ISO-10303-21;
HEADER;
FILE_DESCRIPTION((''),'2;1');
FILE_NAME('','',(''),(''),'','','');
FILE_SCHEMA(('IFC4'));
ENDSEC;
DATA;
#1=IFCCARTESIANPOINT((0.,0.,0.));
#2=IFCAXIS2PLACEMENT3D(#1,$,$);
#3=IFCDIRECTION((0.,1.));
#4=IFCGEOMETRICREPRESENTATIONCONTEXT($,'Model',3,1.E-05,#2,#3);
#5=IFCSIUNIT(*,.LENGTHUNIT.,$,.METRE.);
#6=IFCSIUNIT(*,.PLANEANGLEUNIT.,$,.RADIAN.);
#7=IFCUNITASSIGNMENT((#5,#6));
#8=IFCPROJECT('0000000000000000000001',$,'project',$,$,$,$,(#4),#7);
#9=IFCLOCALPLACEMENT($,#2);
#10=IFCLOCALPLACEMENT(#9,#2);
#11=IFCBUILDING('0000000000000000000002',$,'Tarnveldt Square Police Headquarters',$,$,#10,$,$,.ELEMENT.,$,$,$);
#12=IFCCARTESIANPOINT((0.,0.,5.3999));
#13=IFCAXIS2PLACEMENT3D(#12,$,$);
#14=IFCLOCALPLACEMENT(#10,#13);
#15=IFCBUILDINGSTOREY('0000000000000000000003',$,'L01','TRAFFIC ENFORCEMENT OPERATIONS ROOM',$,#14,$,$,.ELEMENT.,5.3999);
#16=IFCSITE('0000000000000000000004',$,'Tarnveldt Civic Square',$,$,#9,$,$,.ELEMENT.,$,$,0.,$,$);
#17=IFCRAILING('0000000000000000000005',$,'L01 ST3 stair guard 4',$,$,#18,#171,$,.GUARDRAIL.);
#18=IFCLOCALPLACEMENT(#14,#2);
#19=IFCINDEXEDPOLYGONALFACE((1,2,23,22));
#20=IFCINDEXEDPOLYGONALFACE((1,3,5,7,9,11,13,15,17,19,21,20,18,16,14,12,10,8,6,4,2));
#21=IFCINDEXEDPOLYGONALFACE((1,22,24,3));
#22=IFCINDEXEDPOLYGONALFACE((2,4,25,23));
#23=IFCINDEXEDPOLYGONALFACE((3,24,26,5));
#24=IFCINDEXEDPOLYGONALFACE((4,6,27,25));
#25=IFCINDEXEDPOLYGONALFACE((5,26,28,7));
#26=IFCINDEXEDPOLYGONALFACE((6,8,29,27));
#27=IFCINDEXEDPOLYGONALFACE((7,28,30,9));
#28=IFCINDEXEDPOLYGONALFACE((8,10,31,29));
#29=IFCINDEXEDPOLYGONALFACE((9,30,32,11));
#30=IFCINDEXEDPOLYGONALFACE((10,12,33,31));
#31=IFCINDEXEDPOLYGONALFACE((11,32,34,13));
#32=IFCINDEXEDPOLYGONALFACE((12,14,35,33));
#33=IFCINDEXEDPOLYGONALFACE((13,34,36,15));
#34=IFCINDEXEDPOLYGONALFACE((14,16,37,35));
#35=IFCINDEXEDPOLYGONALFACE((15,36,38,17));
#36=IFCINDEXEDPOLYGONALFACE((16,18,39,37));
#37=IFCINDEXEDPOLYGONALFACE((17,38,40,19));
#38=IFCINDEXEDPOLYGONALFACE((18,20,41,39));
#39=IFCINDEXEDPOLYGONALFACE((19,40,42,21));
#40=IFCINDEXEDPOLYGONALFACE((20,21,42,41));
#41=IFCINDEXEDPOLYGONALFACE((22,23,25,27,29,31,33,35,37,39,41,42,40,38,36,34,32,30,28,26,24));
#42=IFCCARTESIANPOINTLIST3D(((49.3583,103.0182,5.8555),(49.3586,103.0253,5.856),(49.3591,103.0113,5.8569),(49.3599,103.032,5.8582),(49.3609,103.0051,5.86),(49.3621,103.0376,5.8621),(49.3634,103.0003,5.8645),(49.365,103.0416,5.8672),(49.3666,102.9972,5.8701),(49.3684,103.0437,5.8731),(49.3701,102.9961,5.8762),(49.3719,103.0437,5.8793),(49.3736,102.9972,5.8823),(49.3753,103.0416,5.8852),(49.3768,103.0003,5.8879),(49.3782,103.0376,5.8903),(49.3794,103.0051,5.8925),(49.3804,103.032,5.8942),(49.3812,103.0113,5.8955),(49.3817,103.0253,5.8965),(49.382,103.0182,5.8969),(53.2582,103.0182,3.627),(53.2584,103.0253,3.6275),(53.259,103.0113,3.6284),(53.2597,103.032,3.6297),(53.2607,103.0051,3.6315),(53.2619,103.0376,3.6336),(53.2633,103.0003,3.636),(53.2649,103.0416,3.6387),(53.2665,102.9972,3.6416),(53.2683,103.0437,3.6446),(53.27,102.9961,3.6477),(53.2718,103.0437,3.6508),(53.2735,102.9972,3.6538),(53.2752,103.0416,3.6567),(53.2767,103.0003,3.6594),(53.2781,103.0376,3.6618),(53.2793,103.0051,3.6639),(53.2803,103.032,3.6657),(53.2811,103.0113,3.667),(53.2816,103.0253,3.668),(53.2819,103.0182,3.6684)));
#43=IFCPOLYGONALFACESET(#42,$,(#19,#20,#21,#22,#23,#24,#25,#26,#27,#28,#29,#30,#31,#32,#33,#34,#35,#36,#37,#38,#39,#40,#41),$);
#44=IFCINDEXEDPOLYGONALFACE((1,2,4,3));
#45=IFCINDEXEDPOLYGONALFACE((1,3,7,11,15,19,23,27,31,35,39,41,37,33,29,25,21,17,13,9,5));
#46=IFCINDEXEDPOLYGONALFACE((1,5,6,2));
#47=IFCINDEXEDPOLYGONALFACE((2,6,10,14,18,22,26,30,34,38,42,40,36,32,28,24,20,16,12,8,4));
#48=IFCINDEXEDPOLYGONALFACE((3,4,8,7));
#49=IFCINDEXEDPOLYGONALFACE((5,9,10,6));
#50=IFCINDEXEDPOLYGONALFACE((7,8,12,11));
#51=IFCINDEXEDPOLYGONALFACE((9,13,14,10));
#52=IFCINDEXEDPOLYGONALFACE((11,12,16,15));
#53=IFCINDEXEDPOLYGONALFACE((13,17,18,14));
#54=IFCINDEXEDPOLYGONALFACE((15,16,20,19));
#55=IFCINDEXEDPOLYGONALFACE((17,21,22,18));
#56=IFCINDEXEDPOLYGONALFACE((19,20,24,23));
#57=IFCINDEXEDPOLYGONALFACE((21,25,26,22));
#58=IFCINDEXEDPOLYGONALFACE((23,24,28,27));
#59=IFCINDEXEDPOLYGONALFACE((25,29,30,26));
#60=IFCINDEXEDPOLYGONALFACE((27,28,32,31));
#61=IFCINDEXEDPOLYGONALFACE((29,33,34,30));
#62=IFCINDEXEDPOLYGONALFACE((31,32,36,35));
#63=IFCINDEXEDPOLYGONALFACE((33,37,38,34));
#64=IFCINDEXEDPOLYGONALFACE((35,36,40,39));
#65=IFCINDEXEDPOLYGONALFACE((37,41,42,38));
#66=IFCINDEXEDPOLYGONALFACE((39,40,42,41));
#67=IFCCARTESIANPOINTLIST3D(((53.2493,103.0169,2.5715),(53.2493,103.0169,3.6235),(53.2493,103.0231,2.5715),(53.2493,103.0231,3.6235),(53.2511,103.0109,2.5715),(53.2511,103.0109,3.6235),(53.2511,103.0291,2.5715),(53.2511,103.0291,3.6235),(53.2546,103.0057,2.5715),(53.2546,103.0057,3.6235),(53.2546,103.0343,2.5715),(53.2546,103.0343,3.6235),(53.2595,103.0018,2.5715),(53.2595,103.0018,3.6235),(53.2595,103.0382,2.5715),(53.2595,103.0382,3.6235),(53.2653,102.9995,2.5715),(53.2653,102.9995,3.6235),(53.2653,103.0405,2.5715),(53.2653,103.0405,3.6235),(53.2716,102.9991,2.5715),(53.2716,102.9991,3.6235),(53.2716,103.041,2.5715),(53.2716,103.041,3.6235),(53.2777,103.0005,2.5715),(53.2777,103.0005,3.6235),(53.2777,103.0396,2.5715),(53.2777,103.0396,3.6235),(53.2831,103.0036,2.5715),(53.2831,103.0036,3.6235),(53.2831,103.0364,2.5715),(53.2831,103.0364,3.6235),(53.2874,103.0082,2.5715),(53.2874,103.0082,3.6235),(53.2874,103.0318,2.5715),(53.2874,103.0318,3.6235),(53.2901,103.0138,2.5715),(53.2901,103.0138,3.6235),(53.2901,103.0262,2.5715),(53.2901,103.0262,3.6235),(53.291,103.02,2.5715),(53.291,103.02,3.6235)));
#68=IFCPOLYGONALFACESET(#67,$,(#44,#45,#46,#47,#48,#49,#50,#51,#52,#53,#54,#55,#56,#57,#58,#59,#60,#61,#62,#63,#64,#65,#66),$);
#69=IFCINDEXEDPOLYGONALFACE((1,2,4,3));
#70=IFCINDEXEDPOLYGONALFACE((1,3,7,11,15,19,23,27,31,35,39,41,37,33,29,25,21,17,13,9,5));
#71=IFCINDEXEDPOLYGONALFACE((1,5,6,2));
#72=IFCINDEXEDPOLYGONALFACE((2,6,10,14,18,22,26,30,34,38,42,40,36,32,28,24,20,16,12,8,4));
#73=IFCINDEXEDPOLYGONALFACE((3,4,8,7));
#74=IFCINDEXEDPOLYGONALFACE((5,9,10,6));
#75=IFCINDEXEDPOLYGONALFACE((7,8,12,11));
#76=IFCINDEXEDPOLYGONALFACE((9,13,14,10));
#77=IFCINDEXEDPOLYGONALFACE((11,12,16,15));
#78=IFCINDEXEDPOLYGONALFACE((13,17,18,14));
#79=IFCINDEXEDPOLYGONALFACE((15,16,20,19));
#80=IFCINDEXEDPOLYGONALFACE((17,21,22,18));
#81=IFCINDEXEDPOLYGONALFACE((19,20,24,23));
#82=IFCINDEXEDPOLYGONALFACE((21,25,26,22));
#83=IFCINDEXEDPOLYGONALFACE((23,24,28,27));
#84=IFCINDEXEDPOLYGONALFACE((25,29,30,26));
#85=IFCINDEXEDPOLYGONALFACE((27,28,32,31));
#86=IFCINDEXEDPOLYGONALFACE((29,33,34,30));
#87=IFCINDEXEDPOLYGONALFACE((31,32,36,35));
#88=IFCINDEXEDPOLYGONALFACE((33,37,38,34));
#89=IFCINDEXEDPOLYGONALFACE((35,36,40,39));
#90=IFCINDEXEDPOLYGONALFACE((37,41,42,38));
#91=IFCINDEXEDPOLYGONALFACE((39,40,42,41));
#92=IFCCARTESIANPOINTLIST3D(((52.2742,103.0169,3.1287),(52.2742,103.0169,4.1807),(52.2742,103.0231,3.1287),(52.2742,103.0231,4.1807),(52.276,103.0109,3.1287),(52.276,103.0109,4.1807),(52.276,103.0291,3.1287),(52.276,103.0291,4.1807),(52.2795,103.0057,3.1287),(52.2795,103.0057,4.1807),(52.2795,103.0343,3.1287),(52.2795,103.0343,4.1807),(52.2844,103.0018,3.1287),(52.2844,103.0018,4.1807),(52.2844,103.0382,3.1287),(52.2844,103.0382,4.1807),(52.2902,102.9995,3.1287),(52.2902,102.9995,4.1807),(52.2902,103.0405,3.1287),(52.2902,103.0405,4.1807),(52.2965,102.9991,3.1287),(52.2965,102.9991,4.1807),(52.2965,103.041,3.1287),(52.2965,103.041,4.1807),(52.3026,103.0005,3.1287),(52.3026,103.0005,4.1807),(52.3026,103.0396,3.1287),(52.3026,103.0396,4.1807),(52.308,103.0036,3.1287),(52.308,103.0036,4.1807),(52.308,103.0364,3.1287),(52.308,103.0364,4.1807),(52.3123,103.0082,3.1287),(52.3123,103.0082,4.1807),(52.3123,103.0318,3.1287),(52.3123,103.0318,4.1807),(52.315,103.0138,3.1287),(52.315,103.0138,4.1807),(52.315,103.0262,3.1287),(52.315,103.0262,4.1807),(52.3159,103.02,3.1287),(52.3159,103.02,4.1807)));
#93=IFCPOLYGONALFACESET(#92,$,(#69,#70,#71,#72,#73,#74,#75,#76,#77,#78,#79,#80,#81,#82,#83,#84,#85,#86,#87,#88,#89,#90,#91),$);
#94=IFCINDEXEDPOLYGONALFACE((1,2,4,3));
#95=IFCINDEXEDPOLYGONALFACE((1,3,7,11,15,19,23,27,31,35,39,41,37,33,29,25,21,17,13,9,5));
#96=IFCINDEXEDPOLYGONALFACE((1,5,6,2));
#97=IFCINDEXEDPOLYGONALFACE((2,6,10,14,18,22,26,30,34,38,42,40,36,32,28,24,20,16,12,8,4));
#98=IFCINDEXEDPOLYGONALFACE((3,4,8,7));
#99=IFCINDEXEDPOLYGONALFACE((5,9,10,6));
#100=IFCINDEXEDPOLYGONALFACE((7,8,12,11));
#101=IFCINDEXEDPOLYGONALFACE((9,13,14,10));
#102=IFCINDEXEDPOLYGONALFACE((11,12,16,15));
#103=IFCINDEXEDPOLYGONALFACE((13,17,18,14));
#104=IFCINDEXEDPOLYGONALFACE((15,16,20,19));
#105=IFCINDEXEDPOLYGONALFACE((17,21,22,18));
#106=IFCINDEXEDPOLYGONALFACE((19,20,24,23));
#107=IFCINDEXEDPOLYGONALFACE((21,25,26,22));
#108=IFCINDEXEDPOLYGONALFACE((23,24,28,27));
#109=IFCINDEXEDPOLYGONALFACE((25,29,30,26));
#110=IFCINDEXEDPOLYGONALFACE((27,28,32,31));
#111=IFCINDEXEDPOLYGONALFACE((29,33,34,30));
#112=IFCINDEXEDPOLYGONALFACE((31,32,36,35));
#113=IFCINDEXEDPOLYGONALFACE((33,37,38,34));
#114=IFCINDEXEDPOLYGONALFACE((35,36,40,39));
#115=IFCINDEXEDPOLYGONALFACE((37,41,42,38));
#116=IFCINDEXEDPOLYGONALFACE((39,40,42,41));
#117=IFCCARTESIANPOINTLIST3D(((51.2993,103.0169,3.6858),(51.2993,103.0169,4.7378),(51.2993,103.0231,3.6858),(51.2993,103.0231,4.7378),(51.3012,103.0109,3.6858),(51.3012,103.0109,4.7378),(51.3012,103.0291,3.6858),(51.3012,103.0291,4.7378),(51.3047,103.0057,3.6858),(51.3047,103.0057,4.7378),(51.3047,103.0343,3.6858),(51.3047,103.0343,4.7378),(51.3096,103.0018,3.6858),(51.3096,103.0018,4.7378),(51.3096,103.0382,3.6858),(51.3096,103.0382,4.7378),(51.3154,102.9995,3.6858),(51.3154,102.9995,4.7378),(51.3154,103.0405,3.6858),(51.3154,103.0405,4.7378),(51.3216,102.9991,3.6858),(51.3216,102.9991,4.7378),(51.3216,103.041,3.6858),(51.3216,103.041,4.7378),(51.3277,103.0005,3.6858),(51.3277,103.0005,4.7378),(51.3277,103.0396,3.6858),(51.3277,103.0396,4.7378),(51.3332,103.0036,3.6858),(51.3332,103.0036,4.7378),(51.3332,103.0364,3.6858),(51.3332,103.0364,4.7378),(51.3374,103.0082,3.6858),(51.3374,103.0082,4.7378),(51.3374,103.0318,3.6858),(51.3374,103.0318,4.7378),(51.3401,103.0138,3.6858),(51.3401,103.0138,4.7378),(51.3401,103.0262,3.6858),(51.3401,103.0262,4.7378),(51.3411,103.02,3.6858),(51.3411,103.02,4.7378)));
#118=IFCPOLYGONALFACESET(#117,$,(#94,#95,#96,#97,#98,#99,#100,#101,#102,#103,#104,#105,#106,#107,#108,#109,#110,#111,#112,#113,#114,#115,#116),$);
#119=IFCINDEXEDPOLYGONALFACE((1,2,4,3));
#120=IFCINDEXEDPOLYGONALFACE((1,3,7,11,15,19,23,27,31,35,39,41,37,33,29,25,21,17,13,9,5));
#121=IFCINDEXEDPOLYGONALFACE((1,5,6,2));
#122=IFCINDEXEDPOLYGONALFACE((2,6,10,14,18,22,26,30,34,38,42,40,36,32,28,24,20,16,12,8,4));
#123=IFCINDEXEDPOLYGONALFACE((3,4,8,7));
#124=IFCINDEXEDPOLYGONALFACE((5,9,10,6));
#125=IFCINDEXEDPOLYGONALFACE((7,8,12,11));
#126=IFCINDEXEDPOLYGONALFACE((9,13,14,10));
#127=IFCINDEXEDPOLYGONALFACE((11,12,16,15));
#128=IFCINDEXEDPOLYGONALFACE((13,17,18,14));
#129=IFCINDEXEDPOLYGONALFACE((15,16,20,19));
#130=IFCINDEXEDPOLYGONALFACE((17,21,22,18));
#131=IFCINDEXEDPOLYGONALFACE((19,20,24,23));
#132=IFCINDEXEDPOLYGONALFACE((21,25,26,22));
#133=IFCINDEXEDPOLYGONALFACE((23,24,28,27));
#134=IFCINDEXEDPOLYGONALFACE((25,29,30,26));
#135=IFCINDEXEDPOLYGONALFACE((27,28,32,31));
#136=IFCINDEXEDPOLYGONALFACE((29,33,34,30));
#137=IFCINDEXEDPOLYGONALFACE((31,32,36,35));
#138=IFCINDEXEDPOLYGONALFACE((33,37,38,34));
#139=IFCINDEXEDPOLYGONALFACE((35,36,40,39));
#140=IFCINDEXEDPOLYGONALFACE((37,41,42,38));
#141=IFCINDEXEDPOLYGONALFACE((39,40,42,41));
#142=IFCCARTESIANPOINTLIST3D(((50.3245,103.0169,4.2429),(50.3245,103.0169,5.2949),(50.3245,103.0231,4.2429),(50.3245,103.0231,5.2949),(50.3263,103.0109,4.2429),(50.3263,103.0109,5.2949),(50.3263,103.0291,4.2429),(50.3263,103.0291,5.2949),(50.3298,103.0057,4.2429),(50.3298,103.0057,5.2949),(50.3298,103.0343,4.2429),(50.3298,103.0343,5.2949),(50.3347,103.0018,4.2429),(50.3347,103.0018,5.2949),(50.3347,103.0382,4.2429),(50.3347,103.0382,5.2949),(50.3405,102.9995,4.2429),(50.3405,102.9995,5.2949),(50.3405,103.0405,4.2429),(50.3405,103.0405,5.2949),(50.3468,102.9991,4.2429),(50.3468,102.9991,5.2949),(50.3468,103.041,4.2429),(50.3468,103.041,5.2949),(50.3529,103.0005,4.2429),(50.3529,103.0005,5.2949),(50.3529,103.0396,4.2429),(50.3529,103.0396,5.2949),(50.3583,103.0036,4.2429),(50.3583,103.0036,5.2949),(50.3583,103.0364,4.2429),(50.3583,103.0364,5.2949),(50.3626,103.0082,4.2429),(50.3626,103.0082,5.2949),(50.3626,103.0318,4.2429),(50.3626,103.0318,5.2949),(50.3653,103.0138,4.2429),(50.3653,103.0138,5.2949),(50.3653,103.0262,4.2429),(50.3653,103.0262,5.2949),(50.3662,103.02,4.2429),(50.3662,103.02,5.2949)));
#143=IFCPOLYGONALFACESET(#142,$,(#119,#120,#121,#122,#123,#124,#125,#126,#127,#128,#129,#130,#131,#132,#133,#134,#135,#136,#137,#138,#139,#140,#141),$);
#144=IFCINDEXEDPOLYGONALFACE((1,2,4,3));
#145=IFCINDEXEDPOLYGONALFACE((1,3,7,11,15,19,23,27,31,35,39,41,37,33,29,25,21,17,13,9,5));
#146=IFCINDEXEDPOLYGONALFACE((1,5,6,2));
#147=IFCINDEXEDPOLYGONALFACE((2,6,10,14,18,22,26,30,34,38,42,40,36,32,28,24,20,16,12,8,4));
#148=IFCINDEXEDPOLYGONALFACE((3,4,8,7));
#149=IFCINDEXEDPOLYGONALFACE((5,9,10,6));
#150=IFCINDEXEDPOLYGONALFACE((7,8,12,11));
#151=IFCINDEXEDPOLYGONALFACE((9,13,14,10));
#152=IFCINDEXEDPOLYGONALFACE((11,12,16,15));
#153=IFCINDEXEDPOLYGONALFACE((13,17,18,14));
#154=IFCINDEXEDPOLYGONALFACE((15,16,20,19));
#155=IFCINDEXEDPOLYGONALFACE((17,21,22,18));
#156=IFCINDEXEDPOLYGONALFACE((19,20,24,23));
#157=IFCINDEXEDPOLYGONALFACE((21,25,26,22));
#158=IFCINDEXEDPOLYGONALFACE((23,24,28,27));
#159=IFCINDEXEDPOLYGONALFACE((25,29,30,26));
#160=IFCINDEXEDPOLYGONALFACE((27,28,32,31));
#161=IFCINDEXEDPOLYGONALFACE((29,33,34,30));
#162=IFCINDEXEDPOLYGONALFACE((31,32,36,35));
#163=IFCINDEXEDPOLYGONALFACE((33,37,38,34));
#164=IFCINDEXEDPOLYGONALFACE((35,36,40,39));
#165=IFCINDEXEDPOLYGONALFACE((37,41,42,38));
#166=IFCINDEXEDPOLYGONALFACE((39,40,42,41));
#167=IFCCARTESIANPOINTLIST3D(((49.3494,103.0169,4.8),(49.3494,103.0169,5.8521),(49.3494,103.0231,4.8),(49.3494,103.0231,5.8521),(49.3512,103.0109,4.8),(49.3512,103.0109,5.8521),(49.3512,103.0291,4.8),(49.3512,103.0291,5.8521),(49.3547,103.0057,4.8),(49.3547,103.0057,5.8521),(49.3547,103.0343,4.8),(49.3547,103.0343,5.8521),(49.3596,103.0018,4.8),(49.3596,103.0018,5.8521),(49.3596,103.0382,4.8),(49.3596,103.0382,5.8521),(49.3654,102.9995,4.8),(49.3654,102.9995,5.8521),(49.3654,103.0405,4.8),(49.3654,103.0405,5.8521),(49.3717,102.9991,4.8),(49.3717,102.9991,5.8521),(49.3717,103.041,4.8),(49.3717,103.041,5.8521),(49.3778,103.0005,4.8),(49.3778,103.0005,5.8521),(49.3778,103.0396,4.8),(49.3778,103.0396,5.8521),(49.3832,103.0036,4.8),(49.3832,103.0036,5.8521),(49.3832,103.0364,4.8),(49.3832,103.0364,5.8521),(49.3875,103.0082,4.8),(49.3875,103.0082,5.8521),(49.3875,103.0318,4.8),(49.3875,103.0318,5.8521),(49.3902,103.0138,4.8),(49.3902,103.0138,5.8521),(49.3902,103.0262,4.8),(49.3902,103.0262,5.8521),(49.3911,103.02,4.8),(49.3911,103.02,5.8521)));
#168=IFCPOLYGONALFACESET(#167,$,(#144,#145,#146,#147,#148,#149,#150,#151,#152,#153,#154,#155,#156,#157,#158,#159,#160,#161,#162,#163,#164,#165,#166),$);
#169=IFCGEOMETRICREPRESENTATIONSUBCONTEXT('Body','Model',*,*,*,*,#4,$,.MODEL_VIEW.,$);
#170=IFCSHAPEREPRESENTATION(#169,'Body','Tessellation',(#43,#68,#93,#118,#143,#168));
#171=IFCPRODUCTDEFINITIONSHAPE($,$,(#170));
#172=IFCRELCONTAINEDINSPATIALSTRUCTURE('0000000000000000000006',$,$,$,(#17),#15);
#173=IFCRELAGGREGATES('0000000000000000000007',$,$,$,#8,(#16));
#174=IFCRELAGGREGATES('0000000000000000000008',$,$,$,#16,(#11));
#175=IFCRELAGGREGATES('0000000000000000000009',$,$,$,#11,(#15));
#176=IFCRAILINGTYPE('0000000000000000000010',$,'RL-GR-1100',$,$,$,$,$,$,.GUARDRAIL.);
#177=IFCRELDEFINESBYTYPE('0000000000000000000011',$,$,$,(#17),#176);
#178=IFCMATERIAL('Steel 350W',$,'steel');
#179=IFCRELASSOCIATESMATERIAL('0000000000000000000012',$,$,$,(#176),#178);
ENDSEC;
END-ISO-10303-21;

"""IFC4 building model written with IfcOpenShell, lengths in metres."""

from ifc_helpers import new_model, si_unit, direction, frame, origin, origin_2d, place, context, subcontext, project, spatial, circle, extrude, material, type_object, element, save


model = new_model("IFC4")

# Units and contexts
model_context = context("Model", 3, precision=1e-05, world=origin(), true_north=direction((0.0, 1.0)))
body_context = subcontext(model_context, "Body", "Model", "MODEL_VIEW")
ifc_project = project(units=[si_unit("LENGTHUNIT", "METRE"), si_unit("PLANEANGLEUNIT", "RADIAN")], contexts=[model_context])

# Site, building, storey
site_placement = place(None, origin())
site = spatial("IfcSite", under=ifc_project, at=site_placement, Name="Tarnveldt Civic Square", CompositionType="ELEMENT", RefElevation=0.0)
building_placement = place(site_placement, origin())
building = spatial("IfcBuilding", under=site, at=building_placement, Name="Tarnveldt Square Police Headquarters", CompositionType="ELEMENT")
storey_placement = place(building_placement, frame((0.0, 0.0, 5.3999)))
storey = spatial("IfcBuildingStorey", under=building, at=storey_placement, Name="L01", Description="TRAFFIC ENFORCEMENT OPERATIONS ROOM", CompositionType="ELEMENT", Elevation=5.3999)

# Railing
ifc_material_1 = material(Name="Steel 350W", Category="steel")
railing_type_1 = type_object("IfcRailingType", Name="RL-GR-1100", PredefinedType="GUARDRAIL", material=ifc_material_1)
railing_1_placement = place(storey_placement, frame((53.27, 103.02, 2.5715)))
element("IfcRailing", 1, at=railing_1_placement, inside=storey, type_object=railing_type_1, Name="L01 ST3 stair guard 4", PredefinedType="GUARDRAIL", context=body_context, shape_type="SweptSolid", body=[
    extrude(circle(Radius=0.0239, at=origin_2d()), frame((0.0, 0.0, 1.0762), z_axis=(-0.868243, 0.0, 0.496139), x_axis=(0.0, -1.0, 0.0)), (0.0, 0.0, 1.0), 4.4917),
    extrude(circle(Radius=0.021, at=origin_2d()), origin(), (0.0, 0.0, 1.0), 1.052),
    extrude(circle(Radius=0.021, at=origin_2d()), frame((-0.9751, 0.0, 0.5571)), (0.0, 0.0, 1.0), 1.052),
    extrude(circle(Radius=0.021, at=origin_2d()), frame((-1.95, 0.0, 1.1143)), (0.0, 0.0, 1.0), 1.052),
    extrude(circle(Radius=0.021, at=origin_2d()), frame((-2.9248, 0.0, 1.6714)), (0.0, 0.0, 1.0), 1.052),
    extrude(circle(Radius=0.021, at=origin_2d()), frame((-3.8999, 0.0, 2.2285)), (0.0, 0.0, 1.0), 1.052),
])

save(model, "model.ifc")
